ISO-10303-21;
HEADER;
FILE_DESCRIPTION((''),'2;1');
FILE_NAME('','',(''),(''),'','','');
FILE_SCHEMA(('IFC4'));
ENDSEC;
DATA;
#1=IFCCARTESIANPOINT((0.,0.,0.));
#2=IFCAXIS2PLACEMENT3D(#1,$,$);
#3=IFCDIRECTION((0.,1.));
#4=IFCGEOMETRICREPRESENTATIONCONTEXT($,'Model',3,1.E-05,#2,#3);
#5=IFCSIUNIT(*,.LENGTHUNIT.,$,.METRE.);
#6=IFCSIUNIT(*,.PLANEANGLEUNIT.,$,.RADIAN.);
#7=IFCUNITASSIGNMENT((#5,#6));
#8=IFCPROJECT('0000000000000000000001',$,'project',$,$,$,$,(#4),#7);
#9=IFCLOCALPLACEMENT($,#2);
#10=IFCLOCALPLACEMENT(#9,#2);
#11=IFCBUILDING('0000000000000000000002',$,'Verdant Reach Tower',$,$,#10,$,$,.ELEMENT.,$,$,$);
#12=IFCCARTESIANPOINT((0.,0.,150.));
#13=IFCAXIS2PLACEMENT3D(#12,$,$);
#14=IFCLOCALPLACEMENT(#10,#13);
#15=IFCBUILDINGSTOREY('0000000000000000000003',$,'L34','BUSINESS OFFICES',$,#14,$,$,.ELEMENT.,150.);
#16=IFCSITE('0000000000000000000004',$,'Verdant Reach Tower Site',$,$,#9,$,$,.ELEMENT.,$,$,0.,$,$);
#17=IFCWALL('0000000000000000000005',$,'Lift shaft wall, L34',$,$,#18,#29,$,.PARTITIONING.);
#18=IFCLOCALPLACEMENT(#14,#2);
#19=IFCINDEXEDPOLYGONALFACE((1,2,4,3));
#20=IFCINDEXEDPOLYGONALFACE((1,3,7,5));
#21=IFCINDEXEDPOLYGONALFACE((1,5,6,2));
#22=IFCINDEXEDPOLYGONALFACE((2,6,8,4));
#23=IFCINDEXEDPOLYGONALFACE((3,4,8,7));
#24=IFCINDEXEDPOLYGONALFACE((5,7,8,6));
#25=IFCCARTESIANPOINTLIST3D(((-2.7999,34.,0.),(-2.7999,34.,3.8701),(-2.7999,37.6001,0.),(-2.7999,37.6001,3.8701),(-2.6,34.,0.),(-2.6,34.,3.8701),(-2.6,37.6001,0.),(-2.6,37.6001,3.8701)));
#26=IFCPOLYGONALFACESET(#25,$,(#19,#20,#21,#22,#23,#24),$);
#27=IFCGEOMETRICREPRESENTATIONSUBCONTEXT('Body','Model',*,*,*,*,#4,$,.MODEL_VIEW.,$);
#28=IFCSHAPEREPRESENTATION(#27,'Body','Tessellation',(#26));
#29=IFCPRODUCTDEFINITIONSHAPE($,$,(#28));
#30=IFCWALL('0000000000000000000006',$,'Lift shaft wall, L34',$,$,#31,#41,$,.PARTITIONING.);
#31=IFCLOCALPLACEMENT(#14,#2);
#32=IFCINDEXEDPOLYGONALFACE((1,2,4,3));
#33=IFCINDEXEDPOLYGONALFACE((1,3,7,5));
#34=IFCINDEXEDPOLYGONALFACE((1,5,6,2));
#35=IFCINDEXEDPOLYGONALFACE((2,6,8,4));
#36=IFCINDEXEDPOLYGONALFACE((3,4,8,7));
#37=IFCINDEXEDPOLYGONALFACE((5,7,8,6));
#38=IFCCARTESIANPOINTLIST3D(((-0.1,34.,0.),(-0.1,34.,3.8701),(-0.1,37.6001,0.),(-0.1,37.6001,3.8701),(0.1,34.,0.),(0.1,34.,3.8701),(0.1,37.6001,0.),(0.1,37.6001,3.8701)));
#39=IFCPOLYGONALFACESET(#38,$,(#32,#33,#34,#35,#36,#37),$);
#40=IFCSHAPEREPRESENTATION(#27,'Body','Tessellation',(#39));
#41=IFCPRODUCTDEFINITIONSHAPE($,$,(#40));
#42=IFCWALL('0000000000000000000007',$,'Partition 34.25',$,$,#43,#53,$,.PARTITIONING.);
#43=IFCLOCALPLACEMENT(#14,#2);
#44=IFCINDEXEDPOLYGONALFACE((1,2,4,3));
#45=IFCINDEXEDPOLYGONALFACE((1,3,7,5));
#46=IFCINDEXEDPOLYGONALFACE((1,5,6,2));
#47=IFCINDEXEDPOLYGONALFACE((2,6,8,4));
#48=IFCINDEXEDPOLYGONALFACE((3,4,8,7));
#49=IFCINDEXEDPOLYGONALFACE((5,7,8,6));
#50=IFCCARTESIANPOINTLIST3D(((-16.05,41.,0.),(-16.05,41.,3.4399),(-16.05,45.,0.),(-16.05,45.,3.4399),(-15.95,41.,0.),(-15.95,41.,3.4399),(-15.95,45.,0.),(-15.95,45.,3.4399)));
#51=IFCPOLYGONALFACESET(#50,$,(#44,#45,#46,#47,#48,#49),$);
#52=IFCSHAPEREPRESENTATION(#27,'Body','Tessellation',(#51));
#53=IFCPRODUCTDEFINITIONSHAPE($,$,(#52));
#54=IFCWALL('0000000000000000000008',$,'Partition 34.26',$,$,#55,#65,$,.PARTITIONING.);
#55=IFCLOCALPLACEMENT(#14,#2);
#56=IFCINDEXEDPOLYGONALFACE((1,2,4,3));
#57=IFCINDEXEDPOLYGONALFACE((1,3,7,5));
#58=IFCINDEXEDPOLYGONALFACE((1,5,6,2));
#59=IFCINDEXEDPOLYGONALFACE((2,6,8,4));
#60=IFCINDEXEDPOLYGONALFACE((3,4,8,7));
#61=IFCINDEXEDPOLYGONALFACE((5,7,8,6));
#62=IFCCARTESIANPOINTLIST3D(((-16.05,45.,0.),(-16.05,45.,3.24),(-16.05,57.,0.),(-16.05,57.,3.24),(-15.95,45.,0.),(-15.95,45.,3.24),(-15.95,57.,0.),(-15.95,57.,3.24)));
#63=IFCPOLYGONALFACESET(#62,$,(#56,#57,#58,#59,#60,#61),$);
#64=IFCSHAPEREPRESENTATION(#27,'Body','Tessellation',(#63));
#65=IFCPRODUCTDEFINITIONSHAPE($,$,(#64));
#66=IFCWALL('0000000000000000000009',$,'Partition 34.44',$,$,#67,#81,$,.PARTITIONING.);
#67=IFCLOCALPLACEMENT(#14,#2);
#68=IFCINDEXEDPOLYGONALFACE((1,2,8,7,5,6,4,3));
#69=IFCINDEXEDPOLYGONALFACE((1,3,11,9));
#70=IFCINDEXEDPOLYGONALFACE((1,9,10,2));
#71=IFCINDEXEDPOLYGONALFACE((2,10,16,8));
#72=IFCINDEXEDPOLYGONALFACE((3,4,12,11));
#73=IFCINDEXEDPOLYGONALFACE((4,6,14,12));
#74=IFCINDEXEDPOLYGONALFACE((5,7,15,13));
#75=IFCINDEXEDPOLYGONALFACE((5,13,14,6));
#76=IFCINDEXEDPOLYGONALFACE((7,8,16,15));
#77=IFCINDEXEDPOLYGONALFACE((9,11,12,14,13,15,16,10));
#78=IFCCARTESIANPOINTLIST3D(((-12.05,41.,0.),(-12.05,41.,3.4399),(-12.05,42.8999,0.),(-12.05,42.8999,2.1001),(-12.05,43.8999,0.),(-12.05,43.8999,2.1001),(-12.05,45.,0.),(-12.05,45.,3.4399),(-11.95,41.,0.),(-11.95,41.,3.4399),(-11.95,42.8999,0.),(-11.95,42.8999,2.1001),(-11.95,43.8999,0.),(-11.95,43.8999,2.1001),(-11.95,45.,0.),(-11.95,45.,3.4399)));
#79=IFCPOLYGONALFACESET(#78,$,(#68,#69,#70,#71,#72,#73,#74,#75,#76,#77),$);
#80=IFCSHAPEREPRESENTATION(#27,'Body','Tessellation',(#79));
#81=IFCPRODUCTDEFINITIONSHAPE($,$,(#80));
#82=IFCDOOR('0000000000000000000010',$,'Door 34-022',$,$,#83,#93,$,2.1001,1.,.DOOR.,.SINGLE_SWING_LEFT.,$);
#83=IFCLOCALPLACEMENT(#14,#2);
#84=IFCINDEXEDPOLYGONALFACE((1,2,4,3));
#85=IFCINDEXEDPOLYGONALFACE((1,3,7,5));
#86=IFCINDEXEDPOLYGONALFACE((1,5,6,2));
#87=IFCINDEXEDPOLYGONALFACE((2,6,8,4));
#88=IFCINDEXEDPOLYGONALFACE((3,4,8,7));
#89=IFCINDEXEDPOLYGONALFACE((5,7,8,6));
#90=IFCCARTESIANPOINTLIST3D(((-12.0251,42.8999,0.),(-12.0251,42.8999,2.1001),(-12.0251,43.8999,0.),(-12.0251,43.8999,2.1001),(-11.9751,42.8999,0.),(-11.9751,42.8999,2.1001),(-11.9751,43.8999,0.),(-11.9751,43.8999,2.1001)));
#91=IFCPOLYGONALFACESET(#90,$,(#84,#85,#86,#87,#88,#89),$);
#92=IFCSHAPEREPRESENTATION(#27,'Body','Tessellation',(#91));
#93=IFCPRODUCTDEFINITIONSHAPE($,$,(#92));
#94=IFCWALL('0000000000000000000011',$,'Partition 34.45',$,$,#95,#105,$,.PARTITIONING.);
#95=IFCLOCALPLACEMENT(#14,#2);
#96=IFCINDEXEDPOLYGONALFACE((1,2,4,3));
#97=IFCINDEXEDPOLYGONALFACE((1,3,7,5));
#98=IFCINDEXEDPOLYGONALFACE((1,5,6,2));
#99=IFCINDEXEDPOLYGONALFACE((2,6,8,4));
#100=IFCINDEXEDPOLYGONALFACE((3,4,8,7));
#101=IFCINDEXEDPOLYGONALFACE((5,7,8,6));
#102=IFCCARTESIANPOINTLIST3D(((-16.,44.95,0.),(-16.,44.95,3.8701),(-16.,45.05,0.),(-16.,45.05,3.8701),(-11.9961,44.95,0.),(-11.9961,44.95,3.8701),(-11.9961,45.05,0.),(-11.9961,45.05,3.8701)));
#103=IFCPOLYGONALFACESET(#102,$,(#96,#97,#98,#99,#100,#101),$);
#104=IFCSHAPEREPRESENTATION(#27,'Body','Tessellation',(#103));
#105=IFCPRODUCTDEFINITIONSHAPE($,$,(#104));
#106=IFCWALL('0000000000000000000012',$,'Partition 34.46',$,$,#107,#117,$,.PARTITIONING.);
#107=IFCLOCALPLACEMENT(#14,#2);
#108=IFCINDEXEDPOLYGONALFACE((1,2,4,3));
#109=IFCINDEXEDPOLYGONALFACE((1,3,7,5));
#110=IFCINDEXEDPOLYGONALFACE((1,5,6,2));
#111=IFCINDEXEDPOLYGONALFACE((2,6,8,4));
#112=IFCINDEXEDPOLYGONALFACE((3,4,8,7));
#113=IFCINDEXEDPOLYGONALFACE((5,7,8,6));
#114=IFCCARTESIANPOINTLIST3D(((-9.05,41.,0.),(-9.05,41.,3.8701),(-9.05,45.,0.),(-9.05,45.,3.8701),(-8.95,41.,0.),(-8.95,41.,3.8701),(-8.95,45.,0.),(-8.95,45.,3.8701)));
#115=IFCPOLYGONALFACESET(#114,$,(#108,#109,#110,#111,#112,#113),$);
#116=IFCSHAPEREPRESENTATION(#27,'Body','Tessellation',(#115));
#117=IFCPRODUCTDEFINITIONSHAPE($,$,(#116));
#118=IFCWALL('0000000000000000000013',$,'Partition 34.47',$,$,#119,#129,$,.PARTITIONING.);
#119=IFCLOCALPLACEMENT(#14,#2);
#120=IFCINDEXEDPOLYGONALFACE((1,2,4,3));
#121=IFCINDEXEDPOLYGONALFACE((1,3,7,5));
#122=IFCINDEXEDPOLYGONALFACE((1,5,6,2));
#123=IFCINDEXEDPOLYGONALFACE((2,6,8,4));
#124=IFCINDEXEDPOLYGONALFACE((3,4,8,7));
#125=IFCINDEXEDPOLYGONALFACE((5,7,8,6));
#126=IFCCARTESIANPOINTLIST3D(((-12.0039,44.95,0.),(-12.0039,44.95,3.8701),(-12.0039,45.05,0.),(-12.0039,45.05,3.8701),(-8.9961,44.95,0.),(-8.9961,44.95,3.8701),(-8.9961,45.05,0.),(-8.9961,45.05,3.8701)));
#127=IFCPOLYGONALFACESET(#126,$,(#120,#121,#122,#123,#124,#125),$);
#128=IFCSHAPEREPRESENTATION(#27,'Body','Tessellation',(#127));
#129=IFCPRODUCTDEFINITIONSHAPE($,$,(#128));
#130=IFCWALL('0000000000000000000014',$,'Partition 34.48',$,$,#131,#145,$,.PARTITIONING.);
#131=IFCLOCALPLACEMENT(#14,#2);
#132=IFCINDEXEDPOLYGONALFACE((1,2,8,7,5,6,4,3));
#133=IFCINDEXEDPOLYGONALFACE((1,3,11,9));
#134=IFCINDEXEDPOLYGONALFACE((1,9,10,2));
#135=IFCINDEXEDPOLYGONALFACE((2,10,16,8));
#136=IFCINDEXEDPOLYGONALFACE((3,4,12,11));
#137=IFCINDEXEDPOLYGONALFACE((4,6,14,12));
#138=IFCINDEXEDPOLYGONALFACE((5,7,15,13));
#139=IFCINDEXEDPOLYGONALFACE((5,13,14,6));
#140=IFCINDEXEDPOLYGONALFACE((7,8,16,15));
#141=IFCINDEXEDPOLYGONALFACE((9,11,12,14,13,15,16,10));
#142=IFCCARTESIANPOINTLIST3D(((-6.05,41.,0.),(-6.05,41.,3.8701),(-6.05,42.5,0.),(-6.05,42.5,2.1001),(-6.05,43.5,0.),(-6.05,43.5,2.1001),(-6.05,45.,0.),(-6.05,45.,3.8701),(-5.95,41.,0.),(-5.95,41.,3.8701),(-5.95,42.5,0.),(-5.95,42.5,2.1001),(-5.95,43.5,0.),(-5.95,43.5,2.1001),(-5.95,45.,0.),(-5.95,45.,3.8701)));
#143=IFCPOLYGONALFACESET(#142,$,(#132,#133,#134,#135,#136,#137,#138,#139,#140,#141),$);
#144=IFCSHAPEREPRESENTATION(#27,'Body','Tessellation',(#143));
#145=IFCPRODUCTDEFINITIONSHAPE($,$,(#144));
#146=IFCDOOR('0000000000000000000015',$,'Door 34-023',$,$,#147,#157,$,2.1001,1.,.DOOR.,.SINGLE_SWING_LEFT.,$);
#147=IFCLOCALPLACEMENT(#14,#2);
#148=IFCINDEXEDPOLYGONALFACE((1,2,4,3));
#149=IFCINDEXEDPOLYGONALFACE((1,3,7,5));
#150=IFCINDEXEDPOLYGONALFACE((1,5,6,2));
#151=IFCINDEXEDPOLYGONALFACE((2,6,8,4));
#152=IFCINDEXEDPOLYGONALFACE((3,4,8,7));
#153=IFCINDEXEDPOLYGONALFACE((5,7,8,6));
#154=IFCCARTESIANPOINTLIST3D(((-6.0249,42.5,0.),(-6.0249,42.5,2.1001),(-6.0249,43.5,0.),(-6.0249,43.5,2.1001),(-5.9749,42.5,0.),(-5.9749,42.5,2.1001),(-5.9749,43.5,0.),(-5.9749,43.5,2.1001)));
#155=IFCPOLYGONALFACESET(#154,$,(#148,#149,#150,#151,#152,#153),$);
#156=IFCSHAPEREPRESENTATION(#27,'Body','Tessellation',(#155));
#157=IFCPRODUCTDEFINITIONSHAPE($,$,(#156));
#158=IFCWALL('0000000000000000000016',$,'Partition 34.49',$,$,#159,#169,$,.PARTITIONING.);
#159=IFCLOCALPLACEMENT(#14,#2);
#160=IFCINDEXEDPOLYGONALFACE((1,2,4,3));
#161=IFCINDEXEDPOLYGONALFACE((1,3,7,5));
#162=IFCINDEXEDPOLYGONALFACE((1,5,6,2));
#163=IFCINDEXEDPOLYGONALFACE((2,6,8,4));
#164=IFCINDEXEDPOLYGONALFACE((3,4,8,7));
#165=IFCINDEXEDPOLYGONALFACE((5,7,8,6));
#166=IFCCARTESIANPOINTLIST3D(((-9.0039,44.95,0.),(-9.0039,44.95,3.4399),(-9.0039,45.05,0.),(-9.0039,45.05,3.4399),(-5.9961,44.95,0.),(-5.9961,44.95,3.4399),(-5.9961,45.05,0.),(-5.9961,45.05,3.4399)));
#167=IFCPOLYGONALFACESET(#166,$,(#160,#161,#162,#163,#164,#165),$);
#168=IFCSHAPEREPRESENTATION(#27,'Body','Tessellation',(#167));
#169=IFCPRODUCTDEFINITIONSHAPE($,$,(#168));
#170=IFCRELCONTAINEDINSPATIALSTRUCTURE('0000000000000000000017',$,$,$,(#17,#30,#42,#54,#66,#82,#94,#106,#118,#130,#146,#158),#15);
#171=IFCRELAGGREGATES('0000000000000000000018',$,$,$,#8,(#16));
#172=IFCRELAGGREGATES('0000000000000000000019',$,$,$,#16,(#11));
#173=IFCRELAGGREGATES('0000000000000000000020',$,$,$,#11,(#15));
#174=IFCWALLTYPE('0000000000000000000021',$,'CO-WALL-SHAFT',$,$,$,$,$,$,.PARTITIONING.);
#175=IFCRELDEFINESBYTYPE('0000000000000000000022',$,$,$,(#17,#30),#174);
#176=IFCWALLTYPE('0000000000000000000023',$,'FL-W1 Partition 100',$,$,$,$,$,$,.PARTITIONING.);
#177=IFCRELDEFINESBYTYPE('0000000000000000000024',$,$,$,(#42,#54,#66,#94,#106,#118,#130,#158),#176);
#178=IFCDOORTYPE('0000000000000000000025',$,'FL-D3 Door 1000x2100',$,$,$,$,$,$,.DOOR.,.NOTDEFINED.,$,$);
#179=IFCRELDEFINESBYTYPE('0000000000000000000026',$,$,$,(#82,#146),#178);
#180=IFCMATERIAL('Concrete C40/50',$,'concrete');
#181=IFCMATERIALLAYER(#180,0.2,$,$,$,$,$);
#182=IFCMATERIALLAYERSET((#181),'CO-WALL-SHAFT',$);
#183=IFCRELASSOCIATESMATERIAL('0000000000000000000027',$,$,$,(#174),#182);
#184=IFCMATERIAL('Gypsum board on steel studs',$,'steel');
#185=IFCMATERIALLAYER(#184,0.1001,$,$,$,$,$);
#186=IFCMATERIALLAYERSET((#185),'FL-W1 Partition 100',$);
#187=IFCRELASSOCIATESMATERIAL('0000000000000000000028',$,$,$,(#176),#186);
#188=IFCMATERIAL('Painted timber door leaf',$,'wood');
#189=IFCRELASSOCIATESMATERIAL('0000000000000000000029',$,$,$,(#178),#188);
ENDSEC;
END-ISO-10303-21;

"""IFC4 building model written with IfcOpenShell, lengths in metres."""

from ifc_helpers import new_model, si_unit, direction, frame, frame_2d, origin, place, context, subcontext, project, spatial, rectangle, extrude, material, layer, layer_set, type_object, element, fill, save


model = new_model("IFC4")

# Units and contexts
model_context = context("Model", 3, precision=1e-05, world=origin(), true_north=direction((0.0, 1.0)))
body_context = subcontext(model_context, "Body", "Model", "MODEL_VIEW")
ifc_project = project(units=[si_unit("LENGTHUNIT", "METRE"), si_unit("PLANEANGLEUNIT", "RADIAN")], contexts=[model_context])

# Site, building, storey
site_placement = place(None, origin())
site = spatial("IfcSite", under=ifc_project, at=site_placement, Name="Verdant Reach Tower Site", CompositionType="ELEMENT", RefElevation=0.0)
building_placement = place(site_placement, origin())
building = spatial("IfcBuilding", under=site, at=building_placement, Name="Verdant Reach Tower", CompositionType="ELEMENT")
storey_placement = place(building_placement, frame((0.0, 0.0, 150.0)))
storey = spatial("IfcBuildingStorey", under=building, at=storey_placement, Name="L34", Description="BUSINESS OFFICES", CompositionType="ELEMENT", Elevation=150.0)

# Walls
ifc_material_1 = material(Name="Concrete C40/50", Category="concrete")
ifc_layer_1 = layer(ifc_material_1, 0.2)
ifc_layer_set_1 = layer_set([ifc_layer_1], Name="CO-WALL-SHAFT")
wall_type_1 = type_object("IfcWallType", Name="CO-WALL-SHAFT", PredefinedType="PARTITIONING", material=ifc_layer_set_1)
for number, where, z_axis, x_axis, name in (
    (1, (-2.7, 34.0, 0.0), (0.0, 0.0, 1.0), (0.0, 1.0, 0.0), "Lift shaft wall, L34"),
    (2, (0.0, 34.0, 0.0), (0.0, 0.0, 1.0), (0.0, 1.0, 0.0), "Lift shaft wall, L34"),
):
    element("IfcWall", number, at=place(storey_placement, frame(where, z_axis=z_axis, x_axis=x_axis)), inside=storey, type_object=wall_type_1, Name=name, PredefinedType="PARTITIONING", context=body_context, shape_type="SweptSolid", body=[
        extrude(rectangle(XDim=3.6001, YDim=0.2, at=frame_2d((1.8, 0.0))), origin(), (0.0, 0.0, 1.0), 3.8701),
    ])
ifc_material_2 = material(Name="Gypsum board on steel studs", Category="steel")
ifc_layer_2 = layer(ifc_material_2, 0.1001)
ifc_layer_set_2 = layer_set([ifc_layer_2], Name="FL-W1 Partition 100")
wall_type_2 = type_object("IfcWallType", Name="FL-W1 Partition 100", PredefinedType="PARTITIONING", material=ifc_layer_set_2)
wall_1_placement = place(storey_placement, frame((-16.0, 41.0, 0.0), z_axis=(0.0, 0.0, 1.0), x_axis=(0.0, 1.0, 0.0)))
element("IfcWall", 3, at=wall_1_placement, inside=storey, type_object=wall_type_2, Name="Partition 34.25", PredefinedType="PARTITIONING", context=body_context, shape_type="SweptSolid", body=[
    extrude(rectangle(XDim=4.0, YDim=0.1001, at=frame_2d((2.0, 0.0))), origin(), (0.0, 0.0, 1.0), 3.4399),
])
wall_2_placement = place(storey_placement, frame((-16.0, 45.0, 0.0), z_axis=(0.0, 0.0, 1.0), x_axis=(0.0, 1.0, 0.0)))
element("IfcWall", 4, at=wall_2_placement, inside=storey, type_object=wall_type_2, Name="Partition 34.26", PredefinedType="PARTITIONING", context=body_context, shape_type="SweptSolid", body=[
    extrude(rectangle(XDim=12.0, YDim=0.1001, at=frame_2d((6.0, 0.0))), origin(), (0.0, 0.0, 1.0), 3.24),
])

# Wall, opening, door
wall_3_placement = place(storey_placement, frame((-12.0, 45.0, 0.0), z_axis=(0.0, 0.0, 1.0), x_axis=(0.0, -1.0, 0.0)))
wall_3 = element("IfcWall", 5, at=wall_3_placement, inside=storey, type_object=wall_type_2, Name="Partition 34.44", PredefinedType="PARTITIONING", context=body_context, shape_type="SweptSolid", body=[
    extrude(rectangle(XDim=4.0, YDim=0.1001, at=frame_2d((2.0, 0.0))), origin(), (0.0, 0.0, 1.0), 3.4399),
])
opening_1_placement = place(wall_3_placement, frame((1.1001, 0.0, 0.0)))
opening_1 = element("IfcOpeningElement", 6, at=opening_1_placement, cuts=wall_3, PredefinedType="OPENING", context=body_context, shape_type="SweptSolid", body=[
    extrude(rectangle(XDim=1.0, YDim=2.1001, at=frame_2d((0.5, 1.05))), frame((0.0, 0.0601, 0.0), z_axis=(0.0, -1.0, 0.0), x_axis=(1.0, 0.0, 0.0)), (0.0, 0.0, 1.0), 0.1201),
])
ifc_material_3 = material(Name="Painted timber door leaf", Category="wood")
door_type_1 = type_object("IfcDoorType", Name="FL-D3 Door 1000x2100", OperationType="NOTDEFINED", PredefinedType="DOOR", material=ifc_material_3)
door_1_placement = place(opening_1_placement, origin())
door_1 = element("IfcDoor", 7, at=door_1_placement, inside=storey, type_object=door_type_1, Name="Door 34-022", OperationType="SINGLE_SWING_LEFT", OverallHeight=2.1001, OverallWidth=1.0, PredefinedType="DOOR", context=body_context, shape_type="SweptSolid", body=[
    extrude(rectangle(XDim=1.0, YDim=2.1001, at=frame_2d((0.5, 1.05))), frame((0.0, 0.0249, 0.0), z_axis=(0.0, -1.0, 0.0), x_axis=(1.0, 0.0, 0.0)), (0.0, 0.0, 1.0), 0.05),
])
fill(opening_1, door_1)

# Walls
wall_4_placement = place(storey_placement, frame((-11.9961, 45.0, 0.0), z_axis=(0.0, 0.0, 1.0), x_axis=(-1.0, 0.0, 0.0)))
element("IfcWall", 8, at=wall_4_placement, inside=storey, type_object=wall_type_2, Name="Partition 34.45", PredefinedType="PARTITIONING", context=body_context, shape_type="SweptSolid", body=[
    extrude(rectangle(XDim=4.0039, YDim=0.1001, at=frame_2d((2.002, 0.0))), origin(), (0.0, 0.0, 1.0), 3.8701),
])
wall_5_placement = place(storey_placement, frame((-9.0, 41.0, 0.0), z_axis=(0.0, 0.0, 1.0), x_axis=(0.0, 1.0, 0.0)))
element("IfcWall", 9, at=wall_5_placement, inside=storey, type_object=wall_type_2, Name="Partition 34.46", PredefinedType="PARTITIONING", context=body_context, shape_type="SweptSolid", body=[
    extrude(rectangle(XDim=4.0, YDim=0.1001, at=frame_2d((2.0, 0.0))), origin(), (0.0, 0.0, 1.0), 3.8701),
])
wall_6_placement = place(storey_placement, frame((-8.9961, 45.0, 0.0), z_axis=(0.0, 0.0, 1.0), x_axis=(-1.0, 0.0, 0.0)))
element("IfcWall", 10, at=wall_6_placement, inside=storey, type_object=wall_type_2, Name="Partition 34.47", PredefinedType="PARTITIONING", context=body_context, shape_type="SweptSolid", body=[
    extrude(rectangle(XDim=3.0078, YDim=0.1001, at=frame_2d((1.5039, 0.0))), origin(), (0.0, 0.0, 1.0), 3.8701),
])

# Wall, opening, door
wall_7_placement = place(storey_placement, frame((-6.0, 41.0, 0.0), z_axis=(0.0, 0.0, 1.0), x_axis=(0.0, 1.0, 0.0)))
wall_7 = element("IfcWall", 11, at=wall_7_placement, inside=storey, type_object=wall_type_2, Name="Partition 34.48", PredefinedType="PARTITIONING", context=body_context, shape_type="SweptSolid", body=[
    extrude(rectangle(XDim=4.0, YDim=0.1001, at=frame_2d((2.0, 0.0))), origin(), (0.0, 0.0, 1.0), 3.8701),
])
opening_2_placement = place(wall_7_placement, frame((1.5, 0.0, 0.0)))
opening_2 = element("IfcOpeningElement", 12, at=opening_2_placement, cuts=wall_7, PredefinedType="OPENING", context=body_context, shape_type="SweptSolid", body=[
    extrude(rectangle(XDim=1.0, YDim=2.1001, at=frame_2d((0.5, 1.05))), frame((0.0, 0.0601, 0.0), z_axis=(0.0, -1.0, 0.0), x_axis=(1.0, 0.0, 0.0)), (0.0, 0.0, 1.0), 0.1201),
])
door_2_placement = place(opening_2_placement, origin())
door_2 = element("IfcDoor", 13, at=door_2_placement, inside=storey, type_object=door_type_1, Name="Door 34-023", OperationType="SINGLE_SWING_LEFT", OverallHeight=2.1001, OverallWidth=1.0, PredefinedType="DOOR", context=body_context, shape_type="SweptSolid", body=[
    extrude(rectangle(XDim=1.0, YDim=2.1001, at=frame_2d((0.5, 1.05))), frame((0.0, 0.0249, 0.0), z_axis=(0.0, -1.0, 0.0), x_axis=(1.0, 0.0, 0.0)), (0.0, 0.0, 1.0), 0.05),
])
fill(opening_2, door_2)

# Wall
wall_8_placement = place(storey_placement, frame((-5.9961, 45.0, 0.0), z_axis=(0.0, 0.0, 1.0), x_axis=(-1.0, 0.0, 0.0)))
element("IfcWall", 14, at=wall_8_placement, inside=storey, type_object=wall_type_2, Name="Partition 34.49", PredefinedType="PARTITIONING", context=body_context, shape_type="SweptSolid", body=[
    extrude(rectangle(XDim=3.0078, YDim=0.1001, at=frame_2d((1.5039, 0.0))), origin(), (0.0, 0.0, 1.0), 3.4399),
])

save(model, "model.ifc")
